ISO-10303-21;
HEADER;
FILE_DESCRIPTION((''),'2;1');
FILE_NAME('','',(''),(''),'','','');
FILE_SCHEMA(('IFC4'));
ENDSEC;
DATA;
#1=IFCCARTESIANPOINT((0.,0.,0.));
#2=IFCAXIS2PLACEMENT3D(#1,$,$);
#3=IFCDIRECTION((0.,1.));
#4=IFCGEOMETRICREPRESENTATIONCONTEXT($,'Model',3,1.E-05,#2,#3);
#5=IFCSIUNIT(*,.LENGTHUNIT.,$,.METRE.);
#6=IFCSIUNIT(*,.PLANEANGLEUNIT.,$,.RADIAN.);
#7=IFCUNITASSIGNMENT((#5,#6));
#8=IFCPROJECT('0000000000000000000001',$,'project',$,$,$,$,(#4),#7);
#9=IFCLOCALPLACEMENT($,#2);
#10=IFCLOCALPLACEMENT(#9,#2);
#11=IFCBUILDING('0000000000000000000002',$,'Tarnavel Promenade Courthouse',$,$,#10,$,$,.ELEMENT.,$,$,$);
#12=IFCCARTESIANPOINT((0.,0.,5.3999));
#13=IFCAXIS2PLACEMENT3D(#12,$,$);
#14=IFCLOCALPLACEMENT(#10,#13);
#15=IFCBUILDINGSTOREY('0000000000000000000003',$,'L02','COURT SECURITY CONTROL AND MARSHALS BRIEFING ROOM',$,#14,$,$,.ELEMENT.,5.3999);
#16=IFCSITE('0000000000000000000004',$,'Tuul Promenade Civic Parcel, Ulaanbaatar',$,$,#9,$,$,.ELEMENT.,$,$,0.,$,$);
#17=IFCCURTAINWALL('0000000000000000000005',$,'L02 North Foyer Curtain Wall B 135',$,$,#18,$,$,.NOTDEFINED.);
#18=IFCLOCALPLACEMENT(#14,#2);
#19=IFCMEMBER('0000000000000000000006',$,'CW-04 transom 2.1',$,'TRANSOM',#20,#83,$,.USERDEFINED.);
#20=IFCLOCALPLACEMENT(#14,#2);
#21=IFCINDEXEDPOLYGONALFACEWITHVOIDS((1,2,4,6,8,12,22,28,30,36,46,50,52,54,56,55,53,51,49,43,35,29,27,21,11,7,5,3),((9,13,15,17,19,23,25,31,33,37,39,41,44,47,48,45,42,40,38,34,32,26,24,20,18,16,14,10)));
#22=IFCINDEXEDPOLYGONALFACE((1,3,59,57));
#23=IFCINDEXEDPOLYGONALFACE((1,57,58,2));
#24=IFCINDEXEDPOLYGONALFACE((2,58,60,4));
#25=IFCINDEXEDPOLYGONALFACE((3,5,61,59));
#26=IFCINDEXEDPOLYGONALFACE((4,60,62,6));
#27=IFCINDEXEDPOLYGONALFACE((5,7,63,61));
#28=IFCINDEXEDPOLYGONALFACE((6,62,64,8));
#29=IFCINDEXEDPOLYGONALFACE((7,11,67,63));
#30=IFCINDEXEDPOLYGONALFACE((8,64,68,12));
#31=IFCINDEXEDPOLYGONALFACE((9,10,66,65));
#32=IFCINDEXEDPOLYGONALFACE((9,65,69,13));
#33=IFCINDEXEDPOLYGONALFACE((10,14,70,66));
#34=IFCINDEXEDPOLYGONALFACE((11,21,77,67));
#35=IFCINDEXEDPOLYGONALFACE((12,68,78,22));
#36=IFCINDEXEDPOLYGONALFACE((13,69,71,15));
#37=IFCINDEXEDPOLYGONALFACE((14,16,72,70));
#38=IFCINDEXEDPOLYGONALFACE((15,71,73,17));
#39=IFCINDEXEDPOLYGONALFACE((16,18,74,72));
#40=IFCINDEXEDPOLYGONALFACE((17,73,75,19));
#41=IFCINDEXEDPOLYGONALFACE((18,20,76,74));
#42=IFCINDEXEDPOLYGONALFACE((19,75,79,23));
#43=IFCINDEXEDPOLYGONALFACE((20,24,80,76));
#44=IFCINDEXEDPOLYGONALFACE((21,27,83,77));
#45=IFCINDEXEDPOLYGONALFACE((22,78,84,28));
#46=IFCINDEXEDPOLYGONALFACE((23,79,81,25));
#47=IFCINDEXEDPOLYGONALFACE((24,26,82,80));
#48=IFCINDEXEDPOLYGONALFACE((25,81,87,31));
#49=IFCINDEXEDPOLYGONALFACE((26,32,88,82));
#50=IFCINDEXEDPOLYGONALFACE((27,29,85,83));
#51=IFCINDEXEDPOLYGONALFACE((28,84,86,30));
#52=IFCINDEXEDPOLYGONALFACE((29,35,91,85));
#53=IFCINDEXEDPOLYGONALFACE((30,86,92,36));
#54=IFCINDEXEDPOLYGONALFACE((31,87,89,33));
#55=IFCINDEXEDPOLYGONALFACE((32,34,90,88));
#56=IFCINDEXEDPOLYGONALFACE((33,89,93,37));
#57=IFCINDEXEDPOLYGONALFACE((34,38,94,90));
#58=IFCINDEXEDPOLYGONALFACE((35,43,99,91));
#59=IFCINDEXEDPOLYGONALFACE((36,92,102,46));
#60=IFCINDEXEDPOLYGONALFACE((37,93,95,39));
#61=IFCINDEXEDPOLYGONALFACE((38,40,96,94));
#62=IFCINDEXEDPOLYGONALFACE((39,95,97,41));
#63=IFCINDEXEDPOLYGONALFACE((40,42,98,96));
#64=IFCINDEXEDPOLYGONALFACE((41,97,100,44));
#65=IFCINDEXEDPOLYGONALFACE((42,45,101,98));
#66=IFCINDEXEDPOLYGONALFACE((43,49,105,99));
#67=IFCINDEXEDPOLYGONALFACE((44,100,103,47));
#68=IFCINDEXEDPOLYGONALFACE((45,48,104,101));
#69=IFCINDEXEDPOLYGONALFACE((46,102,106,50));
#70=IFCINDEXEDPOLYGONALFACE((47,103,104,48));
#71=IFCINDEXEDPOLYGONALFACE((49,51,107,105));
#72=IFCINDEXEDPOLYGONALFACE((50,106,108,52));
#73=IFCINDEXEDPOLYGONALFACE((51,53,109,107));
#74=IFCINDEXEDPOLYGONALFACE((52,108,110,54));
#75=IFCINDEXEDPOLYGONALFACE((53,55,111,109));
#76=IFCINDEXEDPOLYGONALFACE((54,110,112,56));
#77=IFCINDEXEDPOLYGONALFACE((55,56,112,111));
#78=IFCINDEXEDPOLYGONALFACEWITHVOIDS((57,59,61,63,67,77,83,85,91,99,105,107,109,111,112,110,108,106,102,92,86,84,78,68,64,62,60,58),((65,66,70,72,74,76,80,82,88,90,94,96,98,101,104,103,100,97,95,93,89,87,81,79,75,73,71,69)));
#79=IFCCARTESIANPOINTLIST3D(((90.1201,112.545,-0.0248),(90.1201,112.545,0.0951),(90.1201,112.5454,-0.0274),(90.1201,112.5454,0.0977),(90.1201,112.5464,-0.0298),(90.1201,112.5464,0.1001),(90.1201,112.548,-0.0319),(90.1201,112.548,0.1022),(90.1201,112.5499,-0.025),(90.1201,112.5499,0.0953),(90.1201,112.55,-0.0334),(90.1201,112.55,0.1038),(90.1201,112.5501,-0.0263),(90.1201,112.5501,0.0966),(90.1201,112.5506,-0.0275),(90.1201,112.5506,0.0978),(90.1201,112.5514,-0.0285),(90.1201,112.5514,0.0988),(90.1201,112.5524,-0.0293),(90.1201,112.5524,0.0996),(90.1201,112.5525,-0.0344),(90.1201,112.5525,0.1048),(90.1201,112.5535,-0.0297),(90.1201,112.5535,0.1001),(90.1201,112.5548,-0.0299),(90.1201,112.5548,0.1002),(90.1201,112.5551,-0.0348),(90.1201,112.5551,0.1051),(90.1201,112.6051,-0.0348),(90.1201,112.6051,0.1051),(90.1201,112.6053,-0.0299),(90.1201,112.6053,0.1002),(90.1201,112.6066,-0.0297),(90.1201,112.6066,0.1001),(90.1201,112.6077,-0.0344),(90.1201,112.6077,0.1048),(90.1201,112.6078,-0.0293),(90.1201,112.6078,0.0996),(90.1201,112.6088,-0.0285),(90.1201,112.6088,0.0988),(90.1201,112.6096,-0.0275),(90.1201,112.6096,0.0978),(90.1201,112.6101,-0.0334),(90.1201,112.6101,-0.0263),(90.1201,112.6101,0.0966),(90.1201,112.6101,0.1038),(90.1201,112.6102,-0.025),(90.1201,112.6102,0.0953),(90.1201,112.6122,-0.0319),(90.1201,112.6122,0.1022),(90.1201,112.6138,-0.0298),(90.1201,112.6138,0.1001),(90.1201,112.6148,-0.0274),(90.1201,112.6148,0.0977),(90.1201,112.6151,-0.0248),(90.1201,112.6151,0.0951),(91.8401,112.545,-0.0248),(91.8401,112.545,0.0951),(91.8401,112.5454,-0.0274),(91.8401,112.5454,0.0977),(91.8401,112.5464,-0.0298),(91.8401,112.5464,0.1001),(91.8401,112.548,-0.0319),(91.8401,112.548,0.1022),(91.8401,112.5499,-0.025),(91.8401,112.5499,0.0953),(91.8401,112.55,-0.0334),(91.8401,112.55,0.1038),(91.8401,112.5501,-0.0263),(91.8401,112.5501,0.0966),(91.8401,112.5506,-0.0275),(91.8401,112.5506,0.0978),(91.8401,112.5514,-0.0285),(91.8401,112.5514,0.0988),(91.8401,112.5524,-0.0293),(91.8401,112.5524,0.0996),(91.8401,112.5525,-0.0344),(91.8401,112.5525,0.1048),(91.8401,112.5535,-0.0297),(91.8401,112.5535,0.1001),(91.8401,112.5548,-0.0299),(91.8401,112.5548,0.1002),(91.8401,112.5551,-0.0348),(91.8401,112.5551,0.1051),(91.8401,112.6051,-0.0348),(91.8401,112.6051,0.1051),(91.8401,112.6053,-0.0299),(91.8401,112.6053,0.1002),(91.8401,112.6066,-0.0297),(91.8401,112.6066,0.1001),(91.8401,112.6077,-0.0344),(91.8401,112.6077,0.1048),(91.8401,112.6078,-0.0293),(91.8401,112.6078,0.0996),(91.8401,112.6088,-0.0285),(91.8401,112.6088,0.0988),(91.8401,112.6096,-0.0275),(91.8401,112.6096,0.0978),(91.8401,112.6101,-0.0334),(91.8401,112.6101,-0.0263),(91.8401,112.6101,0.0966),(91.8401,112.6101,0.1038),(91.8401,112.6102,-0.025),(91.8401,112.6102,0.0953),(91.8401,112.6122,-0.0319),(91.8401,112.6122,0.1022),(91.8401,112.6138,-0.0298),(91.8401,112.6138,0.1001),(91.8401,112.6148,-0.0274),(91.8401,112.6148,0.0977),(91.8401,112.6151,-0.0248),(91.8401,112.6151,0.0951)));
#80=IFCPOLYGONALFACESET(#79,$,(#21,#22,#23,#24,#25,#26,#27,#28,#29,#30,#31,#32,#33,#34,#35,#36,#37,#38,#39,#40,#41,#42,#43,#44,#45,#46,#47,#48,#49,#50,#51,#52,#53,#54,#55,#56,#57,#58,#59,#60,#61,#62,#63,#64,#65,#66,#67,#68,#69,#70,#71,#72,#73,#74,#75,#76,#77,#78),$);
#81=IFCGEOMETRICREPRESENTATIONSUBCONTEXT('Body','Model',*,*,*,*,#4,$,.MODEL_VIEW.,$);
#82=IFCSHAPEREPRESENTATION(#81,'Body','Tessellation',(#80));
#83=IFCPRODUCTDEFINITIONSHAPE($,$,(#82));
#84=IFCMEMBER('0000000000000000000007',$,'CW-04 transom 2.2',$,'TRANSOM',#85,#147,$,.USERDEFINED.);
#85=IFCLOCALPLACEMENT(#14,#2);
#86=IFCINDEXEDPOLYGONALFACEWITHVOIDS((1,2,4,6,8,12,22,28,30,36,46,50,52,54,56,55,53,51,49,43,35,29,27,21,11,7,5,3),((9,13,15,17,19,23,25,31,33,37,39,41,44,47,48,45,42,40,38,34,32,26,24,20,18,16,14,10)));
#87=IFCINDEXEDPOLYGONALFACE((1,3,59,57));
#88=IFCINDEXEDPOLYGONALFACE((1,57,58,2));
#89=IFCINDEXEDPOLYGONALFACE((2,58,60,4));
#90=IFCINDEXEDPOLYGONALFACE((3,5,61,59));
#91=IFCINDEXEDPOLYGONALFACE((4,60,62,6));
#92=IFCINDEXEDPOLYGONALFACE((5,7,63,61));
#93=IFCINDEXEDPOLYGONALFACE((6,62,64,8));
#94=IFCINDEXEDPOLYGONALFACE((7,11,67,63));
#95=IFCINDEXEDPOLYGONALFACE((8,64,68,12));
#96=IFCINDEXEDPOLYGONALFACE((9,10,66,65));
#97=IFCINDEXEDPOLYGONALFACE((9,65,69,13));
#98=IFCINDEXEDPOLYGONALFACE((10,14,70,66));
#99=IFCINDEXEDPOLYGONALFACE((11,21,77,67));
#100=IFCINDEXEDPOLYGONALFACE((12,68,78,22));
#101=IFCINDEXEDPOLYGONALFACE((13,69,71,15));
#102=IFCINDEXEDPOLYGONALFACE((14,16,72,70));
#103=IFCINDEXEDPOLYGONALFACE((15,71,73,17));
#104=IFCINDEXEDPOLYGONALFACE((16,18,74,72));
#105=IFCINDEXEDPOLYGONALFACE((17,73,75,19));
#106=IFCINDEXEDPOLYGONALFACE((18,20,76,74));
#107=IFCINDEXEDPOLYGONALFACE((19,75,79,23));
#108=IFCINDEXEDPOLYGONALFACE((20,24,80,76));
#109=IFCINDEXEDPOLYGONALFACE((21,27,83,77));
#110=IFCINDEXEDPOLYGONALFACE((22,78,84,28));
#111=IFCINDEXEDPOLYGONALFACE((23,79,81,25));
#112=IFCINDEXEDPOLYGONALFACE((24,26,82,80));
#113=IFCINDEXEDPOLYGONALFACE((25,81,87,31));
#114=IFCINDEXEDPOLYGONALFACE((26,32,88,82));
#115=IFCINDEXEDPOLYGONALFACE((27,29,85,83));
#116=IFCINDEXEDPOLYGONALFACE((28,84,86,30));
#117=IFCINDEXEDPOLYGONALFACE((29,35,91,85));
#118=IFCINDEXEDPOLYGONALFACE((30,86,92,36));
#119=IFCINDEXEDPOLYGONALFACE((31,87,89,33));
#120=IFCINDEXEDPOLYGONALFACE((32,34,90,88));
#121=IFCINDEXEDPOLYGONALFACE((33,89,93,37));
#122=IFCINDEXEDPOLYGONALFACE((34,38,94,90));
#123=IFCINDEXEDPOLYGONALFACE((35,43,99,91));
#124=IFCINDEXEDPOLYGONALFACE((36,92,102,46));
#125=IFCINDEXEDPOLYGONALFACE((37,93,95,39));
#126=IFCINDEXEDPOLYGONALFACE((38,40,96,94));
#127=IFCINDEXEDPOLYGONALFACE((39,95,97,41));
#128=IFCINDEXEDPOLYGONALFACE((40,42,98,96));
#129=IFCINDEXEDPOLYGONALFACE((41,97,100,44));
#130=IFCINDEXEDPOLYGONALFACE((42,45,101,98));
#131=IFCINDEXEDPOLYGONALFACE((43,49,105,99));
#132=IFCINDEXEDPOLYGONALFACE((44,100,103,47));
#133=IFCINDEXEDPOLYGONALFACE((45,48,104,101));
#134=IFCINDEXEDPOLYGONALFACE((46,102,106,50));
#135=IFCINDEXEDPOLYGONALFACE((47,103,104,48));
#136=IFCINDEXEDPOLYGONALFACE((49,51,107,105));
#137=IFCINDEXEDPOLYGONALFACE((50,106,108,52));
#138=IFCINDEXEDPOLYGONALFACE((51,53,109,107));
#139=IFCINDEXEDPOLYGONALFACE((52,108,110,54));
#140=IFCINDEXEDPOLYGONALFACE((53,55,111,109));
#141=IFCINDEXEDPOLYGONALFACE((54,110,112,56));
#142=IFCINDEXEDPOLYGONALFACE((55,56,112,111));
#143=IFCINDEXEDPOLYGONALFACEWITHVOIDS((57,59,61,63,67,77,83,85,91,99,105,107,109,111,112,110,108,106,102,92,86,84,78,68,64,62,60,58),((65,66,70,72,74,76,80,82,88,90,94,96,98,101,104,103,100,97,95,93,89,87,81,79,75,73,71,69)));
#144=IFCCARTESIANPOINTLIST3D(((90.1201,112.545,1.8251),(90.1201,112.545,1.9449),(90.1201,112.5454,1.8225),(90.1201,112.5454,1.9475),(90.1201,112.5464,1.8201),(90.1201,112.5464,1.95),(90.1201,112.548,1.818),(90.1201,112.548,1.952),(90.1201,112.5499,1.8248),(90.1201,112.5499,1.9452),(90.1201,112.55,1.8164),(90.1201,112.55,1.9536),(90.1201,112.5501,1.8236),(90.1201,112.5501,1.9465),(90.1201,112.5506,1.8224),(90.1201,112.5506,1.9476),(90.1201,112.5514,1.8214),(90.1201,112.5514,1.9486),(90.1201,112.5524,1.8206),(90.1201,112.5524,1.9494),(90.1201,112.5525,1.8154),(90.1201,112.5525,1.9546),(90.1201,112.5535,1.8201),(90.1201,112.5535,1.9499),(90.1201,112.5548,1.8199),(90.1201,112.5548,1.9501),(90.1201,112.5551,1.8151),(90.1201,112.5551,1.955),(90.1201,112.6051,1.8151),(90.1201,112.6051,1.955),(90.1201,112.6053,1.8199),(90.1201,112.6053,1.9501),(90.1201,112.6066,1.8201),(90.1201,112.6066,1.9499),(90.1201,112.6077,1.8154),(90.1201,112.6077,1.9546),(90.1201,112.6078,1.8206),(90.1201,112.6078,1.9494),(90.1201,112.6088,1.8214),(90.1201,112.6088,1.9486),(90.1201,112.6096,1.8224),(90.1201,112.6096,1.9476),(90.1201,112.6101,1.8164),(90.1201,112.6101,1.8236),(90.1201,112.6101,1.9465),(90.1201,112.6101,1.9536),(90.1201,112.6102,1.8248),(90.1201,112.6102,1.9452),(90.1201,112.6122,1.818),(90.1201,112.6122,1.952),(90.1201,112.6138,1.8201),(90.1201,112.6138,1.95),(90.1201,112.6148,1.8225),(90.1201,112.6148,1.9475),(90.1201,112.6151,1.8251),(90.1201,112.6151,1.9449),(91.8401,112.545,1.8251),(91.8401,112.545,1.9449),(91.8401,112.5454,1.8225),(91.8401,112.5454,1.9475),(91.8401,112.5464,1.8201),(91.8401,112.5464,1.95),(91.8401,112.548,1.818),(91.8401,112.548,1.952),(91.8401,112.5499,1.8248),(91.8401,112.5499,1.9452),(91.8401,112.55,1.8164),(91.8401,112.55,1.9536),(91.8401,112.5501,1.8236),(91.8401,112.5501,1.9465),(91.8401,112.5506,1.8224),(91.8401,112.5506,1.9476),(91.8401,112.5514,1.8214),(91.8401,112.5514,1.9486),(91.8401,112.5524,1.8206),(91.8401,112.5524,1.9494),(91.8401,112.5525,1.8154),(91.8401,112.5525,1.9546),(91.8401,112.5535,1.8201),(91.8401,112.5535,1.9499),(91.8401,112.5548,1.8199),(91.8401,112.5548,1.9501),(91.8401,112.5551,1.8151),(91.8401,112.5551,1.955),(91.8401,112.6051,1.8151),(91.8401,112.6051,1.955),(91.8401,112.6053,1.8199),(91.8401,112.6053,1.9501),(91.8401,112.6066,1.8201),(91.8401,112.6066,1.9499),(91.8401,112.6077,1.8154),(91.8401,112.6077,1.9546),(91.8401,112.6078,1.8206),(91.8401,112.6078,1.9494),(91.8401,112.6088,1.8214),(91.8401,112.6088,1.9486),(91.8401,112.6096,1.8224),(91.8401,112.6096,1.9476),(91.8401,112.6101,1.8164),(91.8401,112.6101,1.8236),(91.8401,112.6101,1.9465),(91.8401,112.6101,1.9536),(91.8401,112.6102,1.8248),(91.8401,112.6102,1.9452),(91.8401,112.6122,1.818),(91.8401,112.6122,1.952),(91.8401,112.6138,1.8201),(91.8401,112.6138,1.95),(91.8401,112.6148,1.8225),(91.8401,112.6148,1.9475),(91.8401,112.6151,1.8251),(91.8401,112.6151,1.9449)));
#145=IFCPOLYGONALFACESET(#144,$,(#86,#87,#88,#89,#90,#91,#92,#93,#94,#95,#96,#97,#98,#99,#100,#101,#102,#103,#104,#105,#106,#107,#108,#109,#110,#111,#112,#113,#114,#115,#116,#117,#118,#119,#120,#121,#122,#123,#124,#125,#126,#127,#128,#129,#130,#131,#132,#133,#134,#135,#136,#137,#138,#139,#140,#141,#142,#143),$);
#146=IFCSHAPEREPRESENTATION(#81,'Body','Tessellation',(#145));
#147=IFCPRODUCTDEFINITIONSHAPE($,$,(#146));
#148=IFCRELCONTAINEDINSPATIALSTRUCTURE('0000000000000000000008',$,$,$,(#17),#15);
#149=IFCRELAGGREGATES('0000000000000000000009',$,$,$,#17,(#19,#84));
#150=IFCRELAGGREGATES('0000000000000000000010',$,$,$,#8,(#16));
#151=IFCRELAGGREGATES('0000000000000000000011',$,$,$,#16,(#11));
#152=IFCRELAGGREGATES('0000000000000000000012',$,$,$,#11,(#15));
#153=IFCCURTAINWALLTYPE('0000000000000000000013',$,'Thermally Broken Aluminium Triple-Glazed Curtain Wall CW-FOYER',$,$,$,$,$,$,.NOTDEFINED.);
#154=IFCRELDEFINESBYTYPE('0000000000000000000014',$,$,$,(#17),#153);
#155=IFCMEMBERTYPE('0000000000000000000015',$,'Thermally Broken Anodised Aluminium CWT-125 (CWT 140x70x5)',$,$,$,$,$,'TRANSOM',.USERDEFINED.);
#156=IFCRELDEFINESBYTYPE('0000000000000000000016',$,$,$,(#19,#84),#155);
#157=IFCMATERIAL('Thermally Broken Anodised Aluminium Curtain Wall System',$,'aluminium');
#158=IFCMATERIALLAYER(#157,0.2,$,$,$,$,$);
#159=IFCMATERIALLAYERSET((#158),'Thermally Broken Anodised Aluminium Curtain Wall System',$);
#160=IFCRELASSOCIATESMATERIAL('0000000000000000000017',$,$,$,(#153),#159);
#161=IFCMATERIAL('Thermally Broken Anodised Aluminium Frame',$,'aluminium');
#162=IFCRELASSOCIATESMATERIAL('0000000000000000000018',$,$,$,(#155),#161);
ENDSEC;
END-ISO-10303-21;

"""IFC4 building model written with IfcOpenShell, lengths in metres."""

from ifc_helpers import new_model, si_unit, direction, frame, origin, origin_2d, place, context, subcontext, project, spatial, hollow_rectangle, extrude, material, layer, layer_set, material_profile, profile_set, type_object, element, aggregate, save


model = new_model("IFC4")

# Units and contexts
model_context = context("Model", 3, precision=1e-05, world=origin(), true_north=direction((0.0, 1.0)))
body_context = subcontext(model_context, "Body", "Model", "MODEL_VIEW")
ifc_project = project(units=[si_unit("LENGTHUNIT", "METRE"), si_unit("PLANEANGLEUNIT", "RADIAN")], contexts=[model_context])

# Site, building, storey
site_placement = place(None, origin())
site = spatial("IfcSite", under=ifc_project, at=site_placement, Name="Tuul Promenade Civic Parcel, Ulaanbaatar", CompositionType="ELEMENT", RefElevation=0.0)
building_placement = place(site_placement, origin())
building = spatial("IfcBuilding", under=site, at=building_placement, Name="Tarnavel Promenade Courthouse", CompositionType="ELEMENT")
storey_placement = place(building_placement, frame((0.0, 0.0, 5.3999)))
storey = spatial("IfcBuildingStorey", under=building, at=storey_placement, Name="L02", Description="COURT SECURITY CONTROL AND MARSHALS BRIEFING ROOM", CompositionType="ELEMENT", Elevation=5.3999)

# Shared definitions
ifc_material_1 = material(Name="Thermally Broken Anodised Aluminium Curtain Wall System", Category="aluminium")
ifc_layer_1 = layer(ifc_material_1, 0.2)
ifc_layer_set_1 = layer_set([ifc_layer_1], Name="Thermally Broken Anodised Aluminium Curtain Wall System")
curtain_wall_type = type_object("IfcCurtainWallType", Name="Thermally Broken Aluminium Triple-Glazed Curtain Wall CW-FOYER", PredefinedType="NOTDEFINED", material=ifc_layer_set_1)
ifc_material_2 = material(Name="Thermally Broken Anodised Aluminium Frame", Category="aluminium")

# Curtain wall
curtain_wall_1_placement = place(storey_placement, origin())
curtain_wall_1 = element("IfcCurtainWall", 1, at=curtain_wall_1_placement, inside=storey, type_object=curtain_wall_type, Name="L02 North Foyer Curtain Wall B 135", PredefinedType="NOTDEFINED")

# Members
ifc_material_profile_1 = material_profile(ifc_material_2, hollow_rectangle(XDim=0.0701, YDim=0.1399, WallThickness=0.0049, InnerFilletRadius=0.0049, OuterFilletRadius=0.01, at=origin_2d()), Name="CWT 140x70x5")
ifc_profile_set_1 = profile_set([ifc_material_profile_1], Name="Thermally Broken Anodised Aluminium Frame")
member_type_1 = type_object("IfcMemberType", Name="Thermally Broken Anodised Aluminium CWT-125 (CWT 140x70x5)", ElementType="TRANSOM", PredefinedType="USERDEFINED", material=ifc_profile_set_1)
member_1_placement = place(storey_placement, frame((90.1201, 112.5801, 0.0352), z_axis=(1.0, 0.0, 0.0), x_axis=(0.0, 1.0, 0.0)))
member_1 = element("IfcMember", 2, at=member_1_placement, type_object=member_type_1, Name="CW-04 transom 2.1", ObjectType="TRANSOM", PredefinedType="USERDEFINED", context=body_context, shape_type="SweptSolid", body=[
    extrude(hollow_rectangle(XDim=0.0701, YDim=0.1399, WallThickness=0.0049, InnerFilletRadius=0.0049, OuterFilletRadius=0.01, at=origin_2d()), origin(), (0.0, 0.0, 1.0), 1.72),
])
member_2_placement = place(storey_placement, frame((90.1201, 112.5801, 1.885), z_axis=(1.0, 0.0, 0.0), x_axis=(0.0, 1.0, 0.0)))
member_2 = element("IfcMember", 3, at=member_2_placement, type_object=member_type_1, Name="CW-04 transom 2.2", ObjectType="TRANSOM", PredefinedType="USERDEFINED", context=body_context, shape_type="SweptSolid", body=[
    extrude(hollow_rectangle(XDim=0.0701, YDim=0.1399, WallThickness=0.0049, InnerFilletRadius=0.0049, OuterFilletRadius=0.01, at=origin_2d()), origin(), (0.0, 0.0, 1.0), 1.72),
])

aggregate(curtain_wall_1, [member_1, member_2])

save(model, "model.ifc")
